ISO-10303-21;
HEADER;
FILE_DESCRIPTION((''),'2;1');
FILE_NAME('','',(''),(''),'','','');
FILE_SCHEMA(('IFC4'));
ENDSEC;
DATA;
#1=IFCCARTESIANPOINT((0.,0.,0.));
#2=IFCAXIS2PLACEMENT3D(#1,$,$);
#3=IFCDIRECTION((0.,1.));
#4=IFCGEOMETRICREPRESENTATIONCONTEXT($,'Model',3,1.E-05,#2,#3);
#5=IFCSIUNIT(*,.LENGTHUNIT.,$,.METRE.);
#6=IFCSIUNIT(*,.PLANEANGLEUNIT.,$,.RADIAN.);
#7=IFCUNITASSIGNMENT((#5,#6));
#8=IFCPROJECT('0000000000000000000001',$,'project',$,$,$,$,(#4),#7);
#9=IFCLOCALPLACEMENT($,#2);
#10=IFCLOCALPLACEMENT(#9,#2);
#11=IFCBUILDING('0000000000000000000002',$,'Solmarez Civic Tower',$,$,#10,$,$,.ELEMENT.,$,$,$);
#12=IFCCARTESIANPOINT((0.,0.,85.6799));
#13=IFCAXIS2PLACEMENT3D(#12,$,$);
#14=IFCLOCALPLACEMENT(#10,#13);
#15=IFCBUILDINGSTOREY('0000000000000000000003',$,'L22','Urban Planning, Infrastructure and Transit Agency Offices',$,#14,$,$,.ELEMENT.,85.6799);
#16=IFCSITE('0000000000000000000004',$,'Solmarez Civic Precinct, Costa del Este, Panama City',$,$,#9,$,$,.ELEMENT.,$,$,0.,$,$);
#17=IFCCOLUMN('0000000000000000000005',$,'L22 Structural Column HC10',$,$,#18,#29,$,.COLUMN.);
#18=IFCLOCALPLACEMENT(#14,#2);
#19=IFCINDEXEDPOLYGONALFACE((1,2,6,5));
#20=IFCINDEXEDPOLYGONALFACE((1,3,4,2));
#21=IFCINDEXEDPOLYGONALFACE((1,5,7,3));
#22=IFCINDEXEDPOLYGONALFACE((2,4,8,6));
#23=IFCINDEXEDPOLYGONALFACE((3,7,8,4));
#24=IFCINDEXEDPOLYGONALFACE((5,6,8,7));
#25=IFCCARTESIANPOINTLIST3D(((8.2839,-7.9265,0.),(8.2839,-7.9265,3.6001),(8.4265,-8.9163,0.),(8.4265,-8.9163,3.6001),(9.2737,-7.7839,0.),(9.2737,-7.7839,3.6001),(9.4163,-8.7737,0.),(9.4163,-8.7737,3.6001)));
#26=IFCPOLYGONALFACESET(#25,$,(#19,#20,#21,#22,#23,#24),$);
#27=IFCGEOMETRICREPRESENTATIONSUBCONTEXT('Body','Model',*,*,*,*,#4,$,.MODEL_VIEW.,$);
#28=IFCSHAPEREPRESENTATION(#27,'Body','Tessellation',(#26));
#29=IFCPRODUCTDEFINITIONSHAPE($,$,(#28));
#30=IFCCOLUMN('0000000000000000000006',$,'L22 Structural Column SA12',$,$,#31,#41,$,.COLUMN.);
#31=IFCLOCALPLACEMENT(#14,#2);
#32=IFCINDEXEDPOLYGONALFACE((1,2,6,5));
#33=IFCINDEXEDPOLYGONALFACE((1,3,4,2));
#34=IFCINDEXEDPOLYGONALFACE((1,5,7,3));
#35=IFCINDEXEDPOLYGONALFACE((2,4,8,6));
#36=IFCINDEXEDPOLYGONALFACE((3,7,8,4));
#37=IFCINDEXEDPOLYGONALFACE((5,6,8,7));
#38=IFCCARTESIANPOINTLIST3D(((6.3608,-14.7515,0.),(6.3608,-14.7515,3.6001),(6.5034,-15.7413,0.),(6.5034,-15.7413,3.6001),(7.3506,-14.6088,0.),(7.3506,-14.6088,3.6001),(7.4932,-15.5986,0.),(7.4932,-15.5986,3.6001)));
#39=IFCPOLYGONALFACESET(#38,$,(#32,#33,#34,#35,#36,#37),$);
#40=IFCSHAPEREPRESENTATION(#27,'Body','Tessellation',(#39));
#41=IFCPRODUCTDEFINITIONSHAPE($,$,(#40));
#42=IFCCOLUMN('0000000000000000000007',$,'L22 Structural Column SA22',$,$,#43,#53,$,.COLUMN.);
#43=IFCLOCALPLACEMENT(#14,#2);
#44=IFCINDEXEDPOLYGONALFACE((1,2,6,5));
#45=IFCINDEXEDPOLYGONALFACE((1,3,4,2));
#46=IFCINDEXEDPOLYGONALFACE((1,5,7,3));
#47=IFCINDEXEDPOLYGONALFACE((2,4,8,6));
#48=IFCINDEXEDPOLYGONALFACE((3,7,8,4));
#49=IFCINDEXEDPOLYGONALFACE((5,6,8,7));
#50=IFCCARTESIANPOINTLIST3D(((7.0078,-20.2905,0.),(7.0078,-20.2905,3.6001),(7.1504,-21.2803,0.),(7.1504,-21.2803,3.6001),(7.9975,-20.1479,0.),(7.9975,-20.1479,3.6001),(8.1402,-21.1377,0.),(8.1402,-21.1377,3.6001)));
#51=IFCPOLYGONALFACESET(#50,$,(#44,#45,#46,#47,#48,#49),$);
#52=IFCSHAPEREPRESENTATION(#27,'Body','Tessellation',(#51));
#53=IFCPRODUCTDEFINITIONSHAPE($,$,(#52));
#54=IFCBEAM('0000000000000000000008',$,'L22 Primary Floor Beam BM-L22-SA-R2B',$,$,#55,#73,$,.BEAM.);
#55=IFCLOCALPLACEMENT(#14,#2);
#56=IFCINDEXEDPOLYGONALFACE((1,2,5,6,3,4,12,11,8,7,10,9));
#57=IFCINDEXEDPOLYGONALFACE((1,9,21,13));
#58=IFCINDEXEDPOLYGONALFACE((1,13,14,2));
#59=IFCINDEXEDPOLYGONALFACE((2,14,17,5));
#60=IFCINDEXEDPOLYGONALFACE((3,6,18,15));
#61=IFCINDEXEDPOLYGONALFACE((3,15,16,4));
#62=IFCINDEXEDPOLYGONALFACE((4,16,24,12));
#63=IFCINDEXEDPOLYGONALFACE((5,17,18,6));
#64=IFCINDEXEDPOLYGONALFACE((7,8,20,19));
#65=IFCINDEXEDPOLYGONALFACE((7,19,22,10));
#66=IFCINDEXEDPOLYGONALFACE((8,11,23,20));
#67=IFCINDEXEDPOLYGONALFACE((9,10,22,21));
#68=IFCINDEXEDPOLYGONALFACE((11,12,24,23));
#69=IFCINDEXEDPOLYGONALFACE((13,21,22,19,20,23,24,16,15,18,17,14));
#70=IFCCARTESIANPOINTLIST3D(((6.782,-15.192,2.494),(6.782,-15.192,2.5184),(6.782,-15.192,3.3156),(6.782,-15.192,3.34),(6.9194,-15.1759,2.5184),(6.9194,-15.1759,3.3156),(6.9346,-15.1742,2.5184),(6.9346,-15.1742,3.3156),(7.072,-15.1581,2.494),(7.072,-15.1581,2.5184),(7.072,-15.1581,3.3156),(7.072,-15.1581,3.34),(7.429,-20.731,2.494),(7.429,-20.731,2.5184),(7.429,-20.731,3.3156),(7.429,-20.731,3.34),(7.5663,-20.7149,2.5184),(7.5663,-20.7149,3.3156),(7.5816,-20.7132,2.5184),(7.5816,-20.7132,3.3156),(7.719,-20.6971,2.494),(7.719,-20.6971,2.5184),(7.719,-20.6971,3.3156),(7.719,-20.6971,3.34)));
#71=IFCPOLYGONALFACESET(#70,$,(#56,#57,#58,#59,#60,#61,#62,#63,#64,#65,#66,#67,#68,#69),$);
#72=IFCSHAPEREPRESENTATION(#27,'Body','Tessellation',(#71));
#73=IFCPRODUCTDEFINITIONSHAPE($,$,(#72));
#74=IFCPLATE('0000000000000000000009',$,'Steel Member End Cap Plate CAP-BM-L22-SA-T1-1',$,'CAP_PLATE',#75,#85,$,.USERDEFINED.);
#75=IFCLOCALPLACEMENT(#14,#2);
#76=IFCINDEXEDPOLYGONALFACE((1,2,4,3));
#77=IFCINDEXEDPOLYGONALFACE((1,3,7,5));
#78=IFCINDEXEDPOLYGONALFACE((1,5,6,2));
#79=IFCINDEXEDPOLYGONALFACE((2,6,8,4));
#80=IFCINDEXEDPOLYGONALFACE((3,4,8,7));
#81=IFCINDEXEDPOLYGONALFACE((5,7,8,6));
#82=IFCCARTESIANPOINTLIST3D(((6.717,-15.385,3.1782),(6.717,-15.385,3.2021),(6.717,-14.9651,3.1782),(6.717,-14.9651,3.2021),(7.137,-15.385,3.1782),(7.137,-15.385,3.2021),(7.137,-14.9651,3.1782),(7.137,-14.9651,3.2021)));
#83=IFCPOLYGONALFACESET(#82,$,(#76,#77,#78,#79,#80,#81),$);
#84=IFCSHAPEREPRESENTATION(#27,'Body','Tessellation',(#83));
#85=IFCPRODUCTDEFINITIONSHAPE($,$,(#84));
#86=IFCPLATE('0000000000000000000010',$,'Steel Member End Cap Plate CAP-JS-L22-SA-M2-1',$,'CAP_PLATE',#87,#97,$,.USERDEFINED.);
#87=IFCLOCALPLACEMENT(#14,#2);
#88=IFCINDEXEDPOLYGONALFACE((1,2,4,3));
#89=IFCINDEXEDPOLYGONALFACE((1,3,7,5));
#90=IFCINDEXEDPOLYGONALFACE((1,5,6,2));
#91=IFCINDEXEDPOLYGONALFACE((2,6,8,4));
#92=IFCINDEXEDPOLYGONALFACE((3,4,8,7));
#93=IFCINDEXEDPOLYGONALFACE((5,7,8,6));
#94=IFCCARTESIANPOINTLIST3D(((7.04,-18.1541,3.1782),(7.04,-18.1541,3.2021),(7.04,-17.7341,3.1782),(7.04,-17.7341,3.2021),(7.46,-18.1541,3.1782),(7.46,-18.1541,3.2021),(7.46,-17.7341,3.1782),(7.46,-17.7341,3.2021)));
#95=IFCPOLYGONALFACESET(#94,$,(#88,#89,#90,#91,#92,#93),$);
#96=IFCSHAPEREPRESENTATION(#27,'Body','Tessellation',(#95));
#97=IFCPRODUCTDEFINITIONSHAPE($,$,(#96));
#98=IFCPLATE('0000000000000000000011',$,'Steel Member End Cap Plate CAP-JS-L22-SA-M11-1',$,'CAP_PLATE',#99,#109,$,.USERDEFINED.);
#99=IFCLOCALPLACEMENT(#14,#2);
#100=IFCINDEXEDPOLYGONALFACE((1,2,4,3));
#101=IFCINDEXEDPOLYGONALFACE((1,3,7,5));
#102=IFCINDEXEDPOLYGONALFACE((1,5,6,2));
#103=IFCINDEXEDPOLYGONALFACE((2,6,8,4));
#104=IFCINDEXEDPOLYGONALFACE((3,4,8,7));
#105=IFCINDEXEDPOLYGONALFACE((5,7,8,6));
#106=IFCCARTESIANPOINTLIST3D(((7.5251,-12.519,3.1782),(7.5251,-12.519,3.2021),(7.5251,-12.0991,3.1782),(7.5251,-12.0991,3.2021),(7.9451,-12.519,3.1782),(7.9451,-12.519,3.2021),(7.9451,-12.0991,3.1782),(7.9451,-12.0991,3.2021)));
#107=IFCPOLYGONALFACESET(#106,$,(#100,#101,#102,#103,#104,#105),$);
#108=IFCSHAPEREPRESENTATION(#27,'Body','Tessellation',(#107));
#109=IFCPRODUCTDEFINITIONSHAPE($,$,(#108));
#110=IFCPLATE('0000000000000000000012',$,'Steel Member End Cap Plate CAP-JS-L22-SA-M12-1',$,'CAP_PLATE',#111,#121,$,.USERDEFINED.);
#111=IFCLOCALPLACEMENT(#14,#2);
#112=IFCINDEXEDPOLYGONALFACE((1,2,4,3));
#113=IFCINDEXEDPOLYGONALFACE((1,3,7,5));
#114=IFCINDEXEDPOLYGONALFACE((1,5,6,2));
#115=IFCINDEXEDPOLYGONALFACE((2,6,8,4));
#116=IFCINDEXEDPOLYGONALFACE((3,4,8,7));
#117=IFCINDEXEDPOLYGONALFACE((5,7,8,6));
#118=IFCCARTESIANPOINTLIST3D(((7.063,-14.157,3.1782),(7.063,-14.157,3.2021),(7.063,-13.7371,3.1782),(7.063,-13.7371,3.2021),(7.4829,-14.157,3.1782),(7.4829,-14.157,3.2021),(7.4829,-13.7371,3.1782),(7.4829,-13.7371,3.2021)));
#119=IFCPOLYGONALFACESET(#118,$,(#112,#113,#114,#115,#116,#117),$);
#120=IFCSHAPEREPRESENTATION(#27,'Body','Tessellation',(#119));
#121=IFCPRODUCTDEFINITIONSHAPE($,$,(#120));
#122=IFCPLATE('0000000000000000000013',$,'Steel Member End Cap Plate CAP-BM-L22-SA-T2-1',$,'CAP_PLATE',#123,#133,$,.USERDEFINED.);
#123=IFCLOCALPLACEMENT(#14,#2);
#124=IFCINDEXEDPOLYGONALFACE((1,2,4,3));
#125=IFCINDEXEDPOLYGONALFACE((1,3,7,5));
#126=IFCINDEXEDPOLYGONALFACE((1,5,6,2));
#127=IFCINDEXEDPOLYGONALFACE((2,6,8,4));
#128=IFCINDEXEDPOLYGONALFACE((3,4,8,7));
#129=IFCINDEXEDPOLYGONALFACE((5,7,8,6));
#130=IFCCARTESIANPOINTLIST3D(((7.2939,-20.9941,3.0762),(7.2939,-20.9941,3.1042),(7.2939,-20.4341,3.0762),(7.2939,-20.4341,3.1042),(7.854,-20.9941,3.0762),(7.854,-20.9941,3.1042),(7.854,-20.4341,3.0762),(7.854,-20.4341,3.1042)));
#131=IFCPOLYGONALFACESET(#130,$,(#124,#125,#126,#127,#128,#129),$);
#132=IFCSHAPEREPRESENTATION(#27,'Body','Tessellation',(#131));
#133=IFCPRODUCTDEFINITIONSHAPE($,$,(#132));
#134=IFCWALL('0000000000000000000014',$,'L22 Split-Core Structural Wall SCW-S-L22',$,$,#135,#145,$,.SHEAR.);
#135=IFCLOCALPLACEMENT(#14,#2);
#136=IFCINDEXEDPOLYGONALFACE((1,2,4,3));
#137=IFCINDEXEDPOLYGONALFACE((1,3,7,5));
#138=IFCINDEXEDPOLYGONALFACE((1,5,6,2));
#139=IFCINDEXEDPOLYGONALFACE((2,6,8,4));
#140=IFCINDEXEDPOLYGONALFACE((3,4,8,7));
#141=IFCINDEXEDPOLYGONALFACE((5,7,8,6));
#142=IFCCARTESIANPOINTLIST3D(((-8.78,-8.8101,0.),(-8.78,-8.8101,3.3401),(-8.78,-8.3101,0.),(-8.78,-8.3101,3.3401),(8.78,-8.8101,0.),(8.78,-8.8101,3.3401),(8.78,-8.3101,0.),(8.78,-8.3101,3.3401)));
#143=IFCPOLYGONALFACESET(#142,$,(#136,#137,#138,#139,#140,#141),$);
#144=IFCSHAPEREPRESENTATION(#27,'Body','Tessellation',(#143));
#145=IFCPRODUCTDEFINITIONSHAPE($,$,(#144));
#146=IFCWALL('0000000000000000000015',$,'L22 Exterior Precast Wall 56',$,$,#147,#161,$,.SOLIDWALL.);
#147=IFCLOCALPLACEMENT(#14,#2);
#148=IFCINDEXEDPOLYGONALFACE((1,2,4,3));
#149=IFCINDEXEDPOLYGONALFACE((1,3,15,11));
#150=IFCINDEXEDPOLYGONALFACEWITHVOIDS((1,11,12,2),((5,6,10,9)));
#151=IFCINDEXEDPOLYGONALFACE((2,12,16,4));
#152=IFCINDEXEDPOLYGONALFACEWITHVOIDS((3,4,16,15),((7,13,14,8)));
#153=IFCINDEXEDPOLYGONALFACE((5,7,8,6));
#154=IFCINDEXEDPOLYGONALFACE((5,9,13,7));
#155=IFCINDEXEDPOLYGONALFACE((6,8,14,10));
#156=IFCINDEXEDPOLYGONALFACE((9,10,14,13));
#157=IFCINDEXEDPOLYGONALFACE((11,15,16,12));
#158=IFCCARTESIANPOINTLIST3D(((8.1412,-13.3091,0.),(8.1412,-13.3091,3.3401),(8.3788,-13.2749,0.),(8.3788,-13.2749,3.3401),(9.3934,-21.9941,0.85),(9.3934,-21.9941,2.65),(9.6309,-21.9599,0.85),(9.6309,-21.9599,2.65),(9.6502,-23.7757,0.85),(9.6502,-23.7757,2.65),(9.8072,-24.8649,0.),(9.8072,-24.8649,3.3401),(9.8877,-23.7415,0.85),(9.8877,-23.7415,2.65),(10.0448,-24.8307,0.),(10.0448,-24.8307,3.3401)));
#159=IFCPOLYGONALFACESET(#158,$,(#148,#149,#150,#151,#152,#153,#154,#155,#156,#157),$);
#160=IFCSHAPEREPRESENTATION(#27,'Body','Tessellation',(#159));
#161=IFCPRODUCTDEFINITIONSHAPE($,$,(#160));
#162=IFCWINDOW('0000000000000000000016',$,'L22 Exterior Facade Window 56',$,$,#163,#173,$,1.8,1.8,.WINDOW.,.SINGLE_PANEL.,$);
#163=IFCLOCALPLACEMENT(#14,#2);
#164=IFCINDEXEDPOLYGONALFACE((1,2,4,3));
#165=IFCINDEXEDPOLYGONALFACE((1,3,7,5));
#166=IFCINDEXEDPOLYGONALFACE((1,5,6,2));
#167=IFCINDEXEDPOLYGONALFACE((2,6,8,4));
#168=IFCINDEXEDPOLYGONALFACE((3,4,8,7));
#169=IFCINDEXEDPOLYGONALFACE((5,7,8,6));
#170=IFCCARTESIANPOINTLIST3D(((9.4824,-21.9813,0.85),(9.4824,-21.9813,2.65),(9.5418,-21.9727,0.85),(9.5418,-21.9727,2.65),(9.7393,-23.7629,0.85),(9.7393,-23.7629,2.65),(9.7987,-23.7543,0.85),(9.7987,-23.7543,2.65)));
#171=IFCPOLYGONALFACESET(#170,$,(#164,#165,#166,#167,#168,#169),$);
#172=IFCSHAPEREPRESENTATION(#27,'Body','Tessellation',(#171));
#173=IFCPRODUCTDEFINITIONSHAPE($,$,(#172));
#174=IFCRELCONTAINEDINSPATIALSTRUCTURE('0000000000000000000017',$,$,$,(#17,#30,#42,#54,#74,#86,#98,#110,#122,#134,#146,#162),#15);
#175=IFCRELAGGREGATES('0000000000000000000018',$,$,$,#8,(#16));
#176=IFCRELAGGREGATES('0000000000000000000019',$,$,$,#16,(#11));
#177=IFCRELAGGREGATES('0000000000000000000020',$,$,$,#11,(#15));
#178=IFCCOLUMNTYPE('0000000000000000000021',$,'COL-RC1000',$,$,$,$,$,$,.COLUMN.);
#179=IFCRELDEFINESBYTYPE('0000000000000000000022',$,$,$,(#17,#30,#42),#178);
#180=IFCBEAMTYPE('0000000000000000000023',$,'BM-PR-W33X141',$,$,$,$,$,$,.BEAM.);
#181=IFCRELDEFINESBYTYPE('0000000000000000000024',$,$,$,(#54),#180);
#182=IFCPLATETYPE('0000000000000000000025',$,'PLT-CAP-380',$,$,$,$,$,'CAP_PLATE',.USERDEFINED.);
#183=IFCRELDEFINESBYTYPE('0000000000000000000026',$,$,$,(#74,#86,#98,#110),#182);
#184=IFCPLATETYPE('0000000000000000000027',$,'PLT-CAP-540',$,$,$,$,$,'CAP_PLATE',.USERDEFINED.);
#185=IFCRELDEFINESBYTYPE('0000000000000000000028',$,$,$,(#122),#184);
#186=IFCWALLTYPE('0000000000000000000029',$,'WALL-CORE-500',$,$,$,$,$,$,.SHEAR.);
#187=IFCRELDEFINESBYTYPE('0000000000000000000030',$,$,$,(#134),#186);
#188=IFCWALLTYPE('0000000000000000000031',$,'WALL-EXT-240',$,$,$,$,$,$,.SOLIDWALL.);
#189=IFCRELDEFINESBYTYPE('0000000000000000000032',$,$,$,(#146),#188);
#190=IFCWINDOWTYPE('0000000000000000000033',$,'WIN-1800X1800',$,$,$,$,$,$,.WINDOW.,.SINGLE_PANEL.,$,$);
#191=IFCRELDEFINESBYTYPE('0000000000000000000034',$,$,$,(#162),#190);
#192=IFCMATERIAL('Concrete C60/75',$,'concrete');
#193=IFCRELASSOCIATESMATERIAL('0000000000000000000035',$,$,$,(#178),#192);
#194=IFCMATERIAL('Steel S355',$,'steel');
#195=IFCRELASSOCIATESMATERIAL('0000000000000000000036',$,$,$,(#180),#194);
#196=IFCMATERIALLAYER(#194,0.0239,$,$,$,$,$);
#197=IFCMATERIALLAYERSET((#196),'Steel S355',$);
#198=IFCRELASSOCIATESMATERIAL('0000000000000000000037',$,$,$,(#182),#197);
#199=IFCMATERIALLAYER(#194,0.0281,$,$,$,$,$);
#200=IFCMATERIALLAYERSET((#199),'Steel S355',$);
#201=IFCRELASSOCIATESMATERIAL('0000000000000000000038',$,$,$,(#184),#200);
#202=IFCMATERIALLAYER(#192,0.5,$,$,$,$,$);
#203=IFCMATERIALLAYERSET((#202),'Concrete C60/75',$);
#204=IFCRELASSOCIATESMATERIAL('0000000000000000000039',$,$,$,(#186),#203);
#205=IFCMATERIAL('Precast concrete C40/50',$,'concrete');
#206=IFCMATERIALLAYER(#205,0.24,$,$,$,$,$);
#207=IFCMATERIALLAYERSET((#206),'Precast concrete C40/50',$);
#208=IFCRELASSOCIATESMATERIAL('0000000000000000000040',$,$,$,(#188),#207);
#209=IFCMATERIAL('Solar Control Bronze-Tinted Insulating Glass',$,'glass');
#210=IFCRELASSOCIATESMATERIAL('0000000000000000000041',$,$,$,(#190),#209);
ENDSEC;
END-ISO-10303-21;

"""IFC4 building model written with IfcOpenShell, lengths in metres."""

from ifc_helpers import new_model, si_unit, direction, frame, frame_2d, origin, origin_2d, place, context, subcontext, project, spatial, rectangle, i_section, extrude, material, layer, layer_set, material_profile, profile_set, type_object, element, fill, save


model = new_model("IFC4")

# Units and contexts
model_context = context("Model", 3, precision=1e-05, world=origin(), true_north=direction((0.0, 1.0)))
body_context = subcontext(model_context, "Body", "Model", "MODEL_VIEW")
ifc_project = project(units=[si_unit("LENGTHUNIT", "METRE"), si_unit("PLANEANGLEUNIT", "RADIAN")], contexts=[model_context])

# Site, building, storey
site_placement = place(None, origin())
site = spatial("IfcSite", under=ifc_project, at=site_placement, Name="Solmarez Civic Precinct, Costa del Este, Panama City", CompositionType="ELEMENT", RefElevation=0.0)
building_placement = place(site_placement, origin())
building = spatial("IfcBuilding", under=site, at=building_placement, Name="Solmarez Civic Tower", CompositionType="ELEMENT")
storey_placement = place(building_placement, frame((0.0, 0.0, 85.6799)))
storey = spatial("IfcBuildingStorey", under=building, at=storey_placement, Name="L22", Description="Urban Planning, Infrastructure and Transit Agency Offices", CompositionType="ELEMENT", Elevation=85.6799)

# Columns
ifc_material_1 = material(Name="Concrete C60/75", Category="concrete")
ifc_material_profile_1 = material_profile(ifc_material_1, rectangle(XDim=1.0, YDim=1.0, at=origin_2d()), Name="RC1000X1000")
ifc_profile_set_1 = profile_set([ifc_material_profile_1], Name="Concrete C60/75")
column_type = type_object("IfcColumnType", Name="COL-RC1000", PredefinedType="COLUMN", material=ifc_profile_set_1)
for number, where, z_axis, x_axis, name in (
    (1, (8.8501, -8.3501, 0.0), (0.0, 0.0, 1.0), (0.989776, 0.142629, 0.0), "L22 Structural Column HC10"),
    (2, (6.927, -15.175, 0.0), (0.0, 0.0, 1.0), (0.989776, 0.142629, 0.0), "L22 Structural Column SA12"),
    (3, (7.574, -20.7141, 0.0), (0.0, 0.0, 1.0), (0.989776, 0.142629, 0.0), "L22 Structural Column SA22"),
):
    element("IfcColumn", number, at=place(storey_placement, frame(where, z_axis=z_axis, x_axis=x_axis)), inside=storey, type_object=column_type, Name=name, PredefinedType="COLUMN", context=body_context, shape_type="SweptSolid", body=[
        extrude(rectangle(XDim=1.0, YDim=1.0, at=origin_2d()), origin(), (0.0, 0.0, 1.0), 3.6001),
    ])

# Beam
ifc_material_2 = material(Name="Steel S355", Category="steel")
ifc_material_profile_2 = material_profile(ifc_material_2, i_section(OverallWidth=0.292, OverallDepth=0.8459, WebThickness=0.0154, FlangeThickness=0.0244, at=origin_2d()), Name="W33X141")
ifc_profile_set_2 = profile_set([ifc_material_profile_2], Name="Steel S355")
beam_type = type_object("IfcBeamType", Name="BM-PR-W33X141", PredefinedType="BEAM", material=ifc_profile_set_2)
beam_placement = place(storey_placement, frame((6.927, -15.175, 2.917), z_axis=(0.116013, -0.993248, 0.0), x_axis=(0.993248, 0.116013, 0.0)))
element("IfcBeam", 4, at=beam_placement, inside=storey, type_object=beam_type, Name="L22 Primary Floor Beam BM-L22-SA-R2B", PredefinedType="BEAM", context=body_context, shape_type="SweptSolid", body=[
    extrude(i_section(OverallWidth=0.292, OverallDepth=0.8459, WebThickness=0.0154, FlangeThickness=0.0244, at=origin_2d()), origin(), (0.0, 0.0, 1.0), 5.5767),
])

# Plates
ifc_layer_1 = layer(ifc_material_2, 0.0239)
ifc_layer_set_1 = layer_set([ifc_layer_1], Name="Steel S355")
plate_type_1 = type_object("IfcPlateType", Name="PLT-CAP-380", ElementType="CAP_PLATE", PredefinedType="USERDEFINED", material=ifc_layer_set_1)
for number, where, z_axis, x_axis, name in (
    (5, (6.927, -15.175, 3.1782), (0.0, 0.0, 1.0), (1.0, 0.0, 0.0), "Steel Member End Cap Plate CAP-BM-L22-SA-T1-1"),
    (6, (7.25, -17.9441, 3.1782), (0.0, 0.0, 1.0), (1.0, 0.0, 0.0), "Steel Member End Cap Plate CAP-JS-L22-SA-M2-1"),
    (7, (7.7351, -12.3091, 3.1782), (0.0, 0.0, 1.0), (1.0, 0.0, 0.0), "Steel Member End Cap Plate CAP-JS-L22-SA-M11-1"),
    (8, (7.2729, -13.947, 3.1782), (0.0, 0.0, 1.0), (1.0, 0.0, 0.0), "Steel Member End Cap Plate CAP-JS-L22-SA-M12-1"),
):
    element("IfcPlate", number, at=place(storey_placement, frame(where, z_axis=z_axis, x_axis=x_axis)), inside=storey, type_object=plate_type_1, Name=name, ObjectType="CAP_PLATE", PredefinedType="USERDEFINED", context=body_context, shape_type="SweptSolid", body=[
        extrude(rectangle(XDim=0.4199, YDim=0.4199, at=origin_2d()), origin(), (0.0, 0.0, 1.0), 0.0239),
    ])
ifc_layer_2 = layer(ifc_material_2, 0.0281)
ifc_layer_set_2 = layer_set([ifc_layer_2], Name="Steel S355")
plate_type_2 = type_object("IfcPlateType", Name="PLT-CAP-540", ElementType="CAP_PLATE", PredefinedType="USERDEFINED", material=ifc_layer_set_2)
plate_placement = place(storey_placement, frame((7.574, -20.7141, 3.0762), z_axis=(0.0, 0.0, 1.0), x_axis=(1.0, 0.0, 0.0)))
element("IfcPlate", 9, at=plate_placement, inside=storey, type_object=plate_type_2, Name="Steel Member End Cap Plate CAP-BM-L22-SA-T2-1", ObjectType="CAP_PLATE", PredefinedType="USERDEFINED", context=body_context, shape_type="SweptSolid", body=[
    extrude(rectangle(XDim=0.5601, YDim=0.5601, at=origin_2d()), origin(), (0.0, 0.0, 1.0), 0.0281),
])

# Wall
ifc_layer_3 = layer(ifc_material_1, 0.5)
ifc_layer_set_3 = layer_set([ifc_layer_3], Name="Concrete C60/75")
wall_type_1 = type_object("IfcWallType", Name="WALL-CORE-500", PredefinedType="SHEAR", material=ifc_layer_set_3)
wall_1_placement = place(storey_placement, frame((8.78, -8.5601, 0.0), z_axis=(0.0, 0.0, 1.0), x_axis=(-1.0, 0.0, 0.0)))
element("IfcWall", 10, at=wall_1_placement, inside=storey, type_object=wall_type_1, Name="L22 Split-Core Structural Wall SCW-S-L22", PredefinedType="SHEAR", context=body_context, shape_type="SweptSolid", body=[
    extrude(rectangle(XDim=17.5601, YDim=0.5, at=frame_2d((8.78, 0.0))), origin(), (0.0, 0.0, 1.0), 3.3401),
])

# Wall, opening, window
ifc_material_3 = material(Name="Precast concrete C40/50", Category="concrete")
ifc_layer_4 = layer(ifc_material_3, 0.24)
ifc_layer_set_4 = layer_set([ifc_layer_4], Name="Precast concrete C40/50")
wall_type_2 = type_object("IfcWallType", Name="WALL-EXT-240", PredefinedType="SOLIDWALL", material=ifc_layer_set_4)
wall_2_placement = place(storey_placement, frame((8.26, -13.292, 0.0), z_axis=(0.0, 0.0, 1.0), x_axis=(0.142695, -0.989767, 0.0)))
wall_2 = element("IfcWall", 11, at=wall_2_placement, inside=storey, type_object=wall_type_2, Name="L22 Exterior Precast Wall 56", PredefinedType="SOLIDWALL", context=body_context, shape_type="SweptSolid", body=[
    extrude(rectangle(XDim=11.6753, YDim=0.24, at=frame_2d((5.8376, 0.0))), origin(), (0.0, 0.0, 1.0), 3.3401),
])
opening_1_placement = place(wall_2_placement, frame((8.7749, 0.0, 0.8501)))
opening_1 = element("IfcOpeningElement", 12, at=opening_1_placement, cuts=wall_2, PredefinedType="OPENING", context=body_context, shape_type="SweptSolid", body=[
    extrude(rectangle(XDim=1.8, YDim=1.8, at=frame_2d((0.8999, 0.8999))), frame((0.0, 0.1299, 0.0), z_axis=(0.0, -1.0, 0.0), x_axis=(1.0, 0.0, 0.0)), (0.0, 0.0, 1.0), 0.26),
])
ifc_material_4 = material(Name="Solar Control Bronze-Tinted Insulating Glass", Category="glass")
window_type_1 = type_object("IfcWindowType", Name="WIN-1800X1800", PartitioningType="SINGLE_PANEL", PredefinedType="WINDOW", material=ifc_material_4)
window_1_placement = place(opening_1_placement, origin())
window_1 = element("IfcWindow", 13, at=window_1_placement, inside=storey, type_object=window_type_1, Name="L22 Exterior Facade Window 56", OverallHeight=1.8, OverallWidth=1.8, PartitioningType="SINGLE_PANEL", PredefinedType="WINDOW", context=body_context, shape_type="SweptSolid", body=[
    extrude(rectangle(XDim=1.8, YDim=1.8, at=frame_2d((0.8999, 0.8999))), frame((0.0, 0.03, 0.0), z_axis=(0.0, -1.0, 0.0), x_axis=(1.0, 0.0, 0.0)), (0.0, 0.0, 1.0), 0.0601),
])
fill(opening_1, window_1)

save(model, "model.ifc")
